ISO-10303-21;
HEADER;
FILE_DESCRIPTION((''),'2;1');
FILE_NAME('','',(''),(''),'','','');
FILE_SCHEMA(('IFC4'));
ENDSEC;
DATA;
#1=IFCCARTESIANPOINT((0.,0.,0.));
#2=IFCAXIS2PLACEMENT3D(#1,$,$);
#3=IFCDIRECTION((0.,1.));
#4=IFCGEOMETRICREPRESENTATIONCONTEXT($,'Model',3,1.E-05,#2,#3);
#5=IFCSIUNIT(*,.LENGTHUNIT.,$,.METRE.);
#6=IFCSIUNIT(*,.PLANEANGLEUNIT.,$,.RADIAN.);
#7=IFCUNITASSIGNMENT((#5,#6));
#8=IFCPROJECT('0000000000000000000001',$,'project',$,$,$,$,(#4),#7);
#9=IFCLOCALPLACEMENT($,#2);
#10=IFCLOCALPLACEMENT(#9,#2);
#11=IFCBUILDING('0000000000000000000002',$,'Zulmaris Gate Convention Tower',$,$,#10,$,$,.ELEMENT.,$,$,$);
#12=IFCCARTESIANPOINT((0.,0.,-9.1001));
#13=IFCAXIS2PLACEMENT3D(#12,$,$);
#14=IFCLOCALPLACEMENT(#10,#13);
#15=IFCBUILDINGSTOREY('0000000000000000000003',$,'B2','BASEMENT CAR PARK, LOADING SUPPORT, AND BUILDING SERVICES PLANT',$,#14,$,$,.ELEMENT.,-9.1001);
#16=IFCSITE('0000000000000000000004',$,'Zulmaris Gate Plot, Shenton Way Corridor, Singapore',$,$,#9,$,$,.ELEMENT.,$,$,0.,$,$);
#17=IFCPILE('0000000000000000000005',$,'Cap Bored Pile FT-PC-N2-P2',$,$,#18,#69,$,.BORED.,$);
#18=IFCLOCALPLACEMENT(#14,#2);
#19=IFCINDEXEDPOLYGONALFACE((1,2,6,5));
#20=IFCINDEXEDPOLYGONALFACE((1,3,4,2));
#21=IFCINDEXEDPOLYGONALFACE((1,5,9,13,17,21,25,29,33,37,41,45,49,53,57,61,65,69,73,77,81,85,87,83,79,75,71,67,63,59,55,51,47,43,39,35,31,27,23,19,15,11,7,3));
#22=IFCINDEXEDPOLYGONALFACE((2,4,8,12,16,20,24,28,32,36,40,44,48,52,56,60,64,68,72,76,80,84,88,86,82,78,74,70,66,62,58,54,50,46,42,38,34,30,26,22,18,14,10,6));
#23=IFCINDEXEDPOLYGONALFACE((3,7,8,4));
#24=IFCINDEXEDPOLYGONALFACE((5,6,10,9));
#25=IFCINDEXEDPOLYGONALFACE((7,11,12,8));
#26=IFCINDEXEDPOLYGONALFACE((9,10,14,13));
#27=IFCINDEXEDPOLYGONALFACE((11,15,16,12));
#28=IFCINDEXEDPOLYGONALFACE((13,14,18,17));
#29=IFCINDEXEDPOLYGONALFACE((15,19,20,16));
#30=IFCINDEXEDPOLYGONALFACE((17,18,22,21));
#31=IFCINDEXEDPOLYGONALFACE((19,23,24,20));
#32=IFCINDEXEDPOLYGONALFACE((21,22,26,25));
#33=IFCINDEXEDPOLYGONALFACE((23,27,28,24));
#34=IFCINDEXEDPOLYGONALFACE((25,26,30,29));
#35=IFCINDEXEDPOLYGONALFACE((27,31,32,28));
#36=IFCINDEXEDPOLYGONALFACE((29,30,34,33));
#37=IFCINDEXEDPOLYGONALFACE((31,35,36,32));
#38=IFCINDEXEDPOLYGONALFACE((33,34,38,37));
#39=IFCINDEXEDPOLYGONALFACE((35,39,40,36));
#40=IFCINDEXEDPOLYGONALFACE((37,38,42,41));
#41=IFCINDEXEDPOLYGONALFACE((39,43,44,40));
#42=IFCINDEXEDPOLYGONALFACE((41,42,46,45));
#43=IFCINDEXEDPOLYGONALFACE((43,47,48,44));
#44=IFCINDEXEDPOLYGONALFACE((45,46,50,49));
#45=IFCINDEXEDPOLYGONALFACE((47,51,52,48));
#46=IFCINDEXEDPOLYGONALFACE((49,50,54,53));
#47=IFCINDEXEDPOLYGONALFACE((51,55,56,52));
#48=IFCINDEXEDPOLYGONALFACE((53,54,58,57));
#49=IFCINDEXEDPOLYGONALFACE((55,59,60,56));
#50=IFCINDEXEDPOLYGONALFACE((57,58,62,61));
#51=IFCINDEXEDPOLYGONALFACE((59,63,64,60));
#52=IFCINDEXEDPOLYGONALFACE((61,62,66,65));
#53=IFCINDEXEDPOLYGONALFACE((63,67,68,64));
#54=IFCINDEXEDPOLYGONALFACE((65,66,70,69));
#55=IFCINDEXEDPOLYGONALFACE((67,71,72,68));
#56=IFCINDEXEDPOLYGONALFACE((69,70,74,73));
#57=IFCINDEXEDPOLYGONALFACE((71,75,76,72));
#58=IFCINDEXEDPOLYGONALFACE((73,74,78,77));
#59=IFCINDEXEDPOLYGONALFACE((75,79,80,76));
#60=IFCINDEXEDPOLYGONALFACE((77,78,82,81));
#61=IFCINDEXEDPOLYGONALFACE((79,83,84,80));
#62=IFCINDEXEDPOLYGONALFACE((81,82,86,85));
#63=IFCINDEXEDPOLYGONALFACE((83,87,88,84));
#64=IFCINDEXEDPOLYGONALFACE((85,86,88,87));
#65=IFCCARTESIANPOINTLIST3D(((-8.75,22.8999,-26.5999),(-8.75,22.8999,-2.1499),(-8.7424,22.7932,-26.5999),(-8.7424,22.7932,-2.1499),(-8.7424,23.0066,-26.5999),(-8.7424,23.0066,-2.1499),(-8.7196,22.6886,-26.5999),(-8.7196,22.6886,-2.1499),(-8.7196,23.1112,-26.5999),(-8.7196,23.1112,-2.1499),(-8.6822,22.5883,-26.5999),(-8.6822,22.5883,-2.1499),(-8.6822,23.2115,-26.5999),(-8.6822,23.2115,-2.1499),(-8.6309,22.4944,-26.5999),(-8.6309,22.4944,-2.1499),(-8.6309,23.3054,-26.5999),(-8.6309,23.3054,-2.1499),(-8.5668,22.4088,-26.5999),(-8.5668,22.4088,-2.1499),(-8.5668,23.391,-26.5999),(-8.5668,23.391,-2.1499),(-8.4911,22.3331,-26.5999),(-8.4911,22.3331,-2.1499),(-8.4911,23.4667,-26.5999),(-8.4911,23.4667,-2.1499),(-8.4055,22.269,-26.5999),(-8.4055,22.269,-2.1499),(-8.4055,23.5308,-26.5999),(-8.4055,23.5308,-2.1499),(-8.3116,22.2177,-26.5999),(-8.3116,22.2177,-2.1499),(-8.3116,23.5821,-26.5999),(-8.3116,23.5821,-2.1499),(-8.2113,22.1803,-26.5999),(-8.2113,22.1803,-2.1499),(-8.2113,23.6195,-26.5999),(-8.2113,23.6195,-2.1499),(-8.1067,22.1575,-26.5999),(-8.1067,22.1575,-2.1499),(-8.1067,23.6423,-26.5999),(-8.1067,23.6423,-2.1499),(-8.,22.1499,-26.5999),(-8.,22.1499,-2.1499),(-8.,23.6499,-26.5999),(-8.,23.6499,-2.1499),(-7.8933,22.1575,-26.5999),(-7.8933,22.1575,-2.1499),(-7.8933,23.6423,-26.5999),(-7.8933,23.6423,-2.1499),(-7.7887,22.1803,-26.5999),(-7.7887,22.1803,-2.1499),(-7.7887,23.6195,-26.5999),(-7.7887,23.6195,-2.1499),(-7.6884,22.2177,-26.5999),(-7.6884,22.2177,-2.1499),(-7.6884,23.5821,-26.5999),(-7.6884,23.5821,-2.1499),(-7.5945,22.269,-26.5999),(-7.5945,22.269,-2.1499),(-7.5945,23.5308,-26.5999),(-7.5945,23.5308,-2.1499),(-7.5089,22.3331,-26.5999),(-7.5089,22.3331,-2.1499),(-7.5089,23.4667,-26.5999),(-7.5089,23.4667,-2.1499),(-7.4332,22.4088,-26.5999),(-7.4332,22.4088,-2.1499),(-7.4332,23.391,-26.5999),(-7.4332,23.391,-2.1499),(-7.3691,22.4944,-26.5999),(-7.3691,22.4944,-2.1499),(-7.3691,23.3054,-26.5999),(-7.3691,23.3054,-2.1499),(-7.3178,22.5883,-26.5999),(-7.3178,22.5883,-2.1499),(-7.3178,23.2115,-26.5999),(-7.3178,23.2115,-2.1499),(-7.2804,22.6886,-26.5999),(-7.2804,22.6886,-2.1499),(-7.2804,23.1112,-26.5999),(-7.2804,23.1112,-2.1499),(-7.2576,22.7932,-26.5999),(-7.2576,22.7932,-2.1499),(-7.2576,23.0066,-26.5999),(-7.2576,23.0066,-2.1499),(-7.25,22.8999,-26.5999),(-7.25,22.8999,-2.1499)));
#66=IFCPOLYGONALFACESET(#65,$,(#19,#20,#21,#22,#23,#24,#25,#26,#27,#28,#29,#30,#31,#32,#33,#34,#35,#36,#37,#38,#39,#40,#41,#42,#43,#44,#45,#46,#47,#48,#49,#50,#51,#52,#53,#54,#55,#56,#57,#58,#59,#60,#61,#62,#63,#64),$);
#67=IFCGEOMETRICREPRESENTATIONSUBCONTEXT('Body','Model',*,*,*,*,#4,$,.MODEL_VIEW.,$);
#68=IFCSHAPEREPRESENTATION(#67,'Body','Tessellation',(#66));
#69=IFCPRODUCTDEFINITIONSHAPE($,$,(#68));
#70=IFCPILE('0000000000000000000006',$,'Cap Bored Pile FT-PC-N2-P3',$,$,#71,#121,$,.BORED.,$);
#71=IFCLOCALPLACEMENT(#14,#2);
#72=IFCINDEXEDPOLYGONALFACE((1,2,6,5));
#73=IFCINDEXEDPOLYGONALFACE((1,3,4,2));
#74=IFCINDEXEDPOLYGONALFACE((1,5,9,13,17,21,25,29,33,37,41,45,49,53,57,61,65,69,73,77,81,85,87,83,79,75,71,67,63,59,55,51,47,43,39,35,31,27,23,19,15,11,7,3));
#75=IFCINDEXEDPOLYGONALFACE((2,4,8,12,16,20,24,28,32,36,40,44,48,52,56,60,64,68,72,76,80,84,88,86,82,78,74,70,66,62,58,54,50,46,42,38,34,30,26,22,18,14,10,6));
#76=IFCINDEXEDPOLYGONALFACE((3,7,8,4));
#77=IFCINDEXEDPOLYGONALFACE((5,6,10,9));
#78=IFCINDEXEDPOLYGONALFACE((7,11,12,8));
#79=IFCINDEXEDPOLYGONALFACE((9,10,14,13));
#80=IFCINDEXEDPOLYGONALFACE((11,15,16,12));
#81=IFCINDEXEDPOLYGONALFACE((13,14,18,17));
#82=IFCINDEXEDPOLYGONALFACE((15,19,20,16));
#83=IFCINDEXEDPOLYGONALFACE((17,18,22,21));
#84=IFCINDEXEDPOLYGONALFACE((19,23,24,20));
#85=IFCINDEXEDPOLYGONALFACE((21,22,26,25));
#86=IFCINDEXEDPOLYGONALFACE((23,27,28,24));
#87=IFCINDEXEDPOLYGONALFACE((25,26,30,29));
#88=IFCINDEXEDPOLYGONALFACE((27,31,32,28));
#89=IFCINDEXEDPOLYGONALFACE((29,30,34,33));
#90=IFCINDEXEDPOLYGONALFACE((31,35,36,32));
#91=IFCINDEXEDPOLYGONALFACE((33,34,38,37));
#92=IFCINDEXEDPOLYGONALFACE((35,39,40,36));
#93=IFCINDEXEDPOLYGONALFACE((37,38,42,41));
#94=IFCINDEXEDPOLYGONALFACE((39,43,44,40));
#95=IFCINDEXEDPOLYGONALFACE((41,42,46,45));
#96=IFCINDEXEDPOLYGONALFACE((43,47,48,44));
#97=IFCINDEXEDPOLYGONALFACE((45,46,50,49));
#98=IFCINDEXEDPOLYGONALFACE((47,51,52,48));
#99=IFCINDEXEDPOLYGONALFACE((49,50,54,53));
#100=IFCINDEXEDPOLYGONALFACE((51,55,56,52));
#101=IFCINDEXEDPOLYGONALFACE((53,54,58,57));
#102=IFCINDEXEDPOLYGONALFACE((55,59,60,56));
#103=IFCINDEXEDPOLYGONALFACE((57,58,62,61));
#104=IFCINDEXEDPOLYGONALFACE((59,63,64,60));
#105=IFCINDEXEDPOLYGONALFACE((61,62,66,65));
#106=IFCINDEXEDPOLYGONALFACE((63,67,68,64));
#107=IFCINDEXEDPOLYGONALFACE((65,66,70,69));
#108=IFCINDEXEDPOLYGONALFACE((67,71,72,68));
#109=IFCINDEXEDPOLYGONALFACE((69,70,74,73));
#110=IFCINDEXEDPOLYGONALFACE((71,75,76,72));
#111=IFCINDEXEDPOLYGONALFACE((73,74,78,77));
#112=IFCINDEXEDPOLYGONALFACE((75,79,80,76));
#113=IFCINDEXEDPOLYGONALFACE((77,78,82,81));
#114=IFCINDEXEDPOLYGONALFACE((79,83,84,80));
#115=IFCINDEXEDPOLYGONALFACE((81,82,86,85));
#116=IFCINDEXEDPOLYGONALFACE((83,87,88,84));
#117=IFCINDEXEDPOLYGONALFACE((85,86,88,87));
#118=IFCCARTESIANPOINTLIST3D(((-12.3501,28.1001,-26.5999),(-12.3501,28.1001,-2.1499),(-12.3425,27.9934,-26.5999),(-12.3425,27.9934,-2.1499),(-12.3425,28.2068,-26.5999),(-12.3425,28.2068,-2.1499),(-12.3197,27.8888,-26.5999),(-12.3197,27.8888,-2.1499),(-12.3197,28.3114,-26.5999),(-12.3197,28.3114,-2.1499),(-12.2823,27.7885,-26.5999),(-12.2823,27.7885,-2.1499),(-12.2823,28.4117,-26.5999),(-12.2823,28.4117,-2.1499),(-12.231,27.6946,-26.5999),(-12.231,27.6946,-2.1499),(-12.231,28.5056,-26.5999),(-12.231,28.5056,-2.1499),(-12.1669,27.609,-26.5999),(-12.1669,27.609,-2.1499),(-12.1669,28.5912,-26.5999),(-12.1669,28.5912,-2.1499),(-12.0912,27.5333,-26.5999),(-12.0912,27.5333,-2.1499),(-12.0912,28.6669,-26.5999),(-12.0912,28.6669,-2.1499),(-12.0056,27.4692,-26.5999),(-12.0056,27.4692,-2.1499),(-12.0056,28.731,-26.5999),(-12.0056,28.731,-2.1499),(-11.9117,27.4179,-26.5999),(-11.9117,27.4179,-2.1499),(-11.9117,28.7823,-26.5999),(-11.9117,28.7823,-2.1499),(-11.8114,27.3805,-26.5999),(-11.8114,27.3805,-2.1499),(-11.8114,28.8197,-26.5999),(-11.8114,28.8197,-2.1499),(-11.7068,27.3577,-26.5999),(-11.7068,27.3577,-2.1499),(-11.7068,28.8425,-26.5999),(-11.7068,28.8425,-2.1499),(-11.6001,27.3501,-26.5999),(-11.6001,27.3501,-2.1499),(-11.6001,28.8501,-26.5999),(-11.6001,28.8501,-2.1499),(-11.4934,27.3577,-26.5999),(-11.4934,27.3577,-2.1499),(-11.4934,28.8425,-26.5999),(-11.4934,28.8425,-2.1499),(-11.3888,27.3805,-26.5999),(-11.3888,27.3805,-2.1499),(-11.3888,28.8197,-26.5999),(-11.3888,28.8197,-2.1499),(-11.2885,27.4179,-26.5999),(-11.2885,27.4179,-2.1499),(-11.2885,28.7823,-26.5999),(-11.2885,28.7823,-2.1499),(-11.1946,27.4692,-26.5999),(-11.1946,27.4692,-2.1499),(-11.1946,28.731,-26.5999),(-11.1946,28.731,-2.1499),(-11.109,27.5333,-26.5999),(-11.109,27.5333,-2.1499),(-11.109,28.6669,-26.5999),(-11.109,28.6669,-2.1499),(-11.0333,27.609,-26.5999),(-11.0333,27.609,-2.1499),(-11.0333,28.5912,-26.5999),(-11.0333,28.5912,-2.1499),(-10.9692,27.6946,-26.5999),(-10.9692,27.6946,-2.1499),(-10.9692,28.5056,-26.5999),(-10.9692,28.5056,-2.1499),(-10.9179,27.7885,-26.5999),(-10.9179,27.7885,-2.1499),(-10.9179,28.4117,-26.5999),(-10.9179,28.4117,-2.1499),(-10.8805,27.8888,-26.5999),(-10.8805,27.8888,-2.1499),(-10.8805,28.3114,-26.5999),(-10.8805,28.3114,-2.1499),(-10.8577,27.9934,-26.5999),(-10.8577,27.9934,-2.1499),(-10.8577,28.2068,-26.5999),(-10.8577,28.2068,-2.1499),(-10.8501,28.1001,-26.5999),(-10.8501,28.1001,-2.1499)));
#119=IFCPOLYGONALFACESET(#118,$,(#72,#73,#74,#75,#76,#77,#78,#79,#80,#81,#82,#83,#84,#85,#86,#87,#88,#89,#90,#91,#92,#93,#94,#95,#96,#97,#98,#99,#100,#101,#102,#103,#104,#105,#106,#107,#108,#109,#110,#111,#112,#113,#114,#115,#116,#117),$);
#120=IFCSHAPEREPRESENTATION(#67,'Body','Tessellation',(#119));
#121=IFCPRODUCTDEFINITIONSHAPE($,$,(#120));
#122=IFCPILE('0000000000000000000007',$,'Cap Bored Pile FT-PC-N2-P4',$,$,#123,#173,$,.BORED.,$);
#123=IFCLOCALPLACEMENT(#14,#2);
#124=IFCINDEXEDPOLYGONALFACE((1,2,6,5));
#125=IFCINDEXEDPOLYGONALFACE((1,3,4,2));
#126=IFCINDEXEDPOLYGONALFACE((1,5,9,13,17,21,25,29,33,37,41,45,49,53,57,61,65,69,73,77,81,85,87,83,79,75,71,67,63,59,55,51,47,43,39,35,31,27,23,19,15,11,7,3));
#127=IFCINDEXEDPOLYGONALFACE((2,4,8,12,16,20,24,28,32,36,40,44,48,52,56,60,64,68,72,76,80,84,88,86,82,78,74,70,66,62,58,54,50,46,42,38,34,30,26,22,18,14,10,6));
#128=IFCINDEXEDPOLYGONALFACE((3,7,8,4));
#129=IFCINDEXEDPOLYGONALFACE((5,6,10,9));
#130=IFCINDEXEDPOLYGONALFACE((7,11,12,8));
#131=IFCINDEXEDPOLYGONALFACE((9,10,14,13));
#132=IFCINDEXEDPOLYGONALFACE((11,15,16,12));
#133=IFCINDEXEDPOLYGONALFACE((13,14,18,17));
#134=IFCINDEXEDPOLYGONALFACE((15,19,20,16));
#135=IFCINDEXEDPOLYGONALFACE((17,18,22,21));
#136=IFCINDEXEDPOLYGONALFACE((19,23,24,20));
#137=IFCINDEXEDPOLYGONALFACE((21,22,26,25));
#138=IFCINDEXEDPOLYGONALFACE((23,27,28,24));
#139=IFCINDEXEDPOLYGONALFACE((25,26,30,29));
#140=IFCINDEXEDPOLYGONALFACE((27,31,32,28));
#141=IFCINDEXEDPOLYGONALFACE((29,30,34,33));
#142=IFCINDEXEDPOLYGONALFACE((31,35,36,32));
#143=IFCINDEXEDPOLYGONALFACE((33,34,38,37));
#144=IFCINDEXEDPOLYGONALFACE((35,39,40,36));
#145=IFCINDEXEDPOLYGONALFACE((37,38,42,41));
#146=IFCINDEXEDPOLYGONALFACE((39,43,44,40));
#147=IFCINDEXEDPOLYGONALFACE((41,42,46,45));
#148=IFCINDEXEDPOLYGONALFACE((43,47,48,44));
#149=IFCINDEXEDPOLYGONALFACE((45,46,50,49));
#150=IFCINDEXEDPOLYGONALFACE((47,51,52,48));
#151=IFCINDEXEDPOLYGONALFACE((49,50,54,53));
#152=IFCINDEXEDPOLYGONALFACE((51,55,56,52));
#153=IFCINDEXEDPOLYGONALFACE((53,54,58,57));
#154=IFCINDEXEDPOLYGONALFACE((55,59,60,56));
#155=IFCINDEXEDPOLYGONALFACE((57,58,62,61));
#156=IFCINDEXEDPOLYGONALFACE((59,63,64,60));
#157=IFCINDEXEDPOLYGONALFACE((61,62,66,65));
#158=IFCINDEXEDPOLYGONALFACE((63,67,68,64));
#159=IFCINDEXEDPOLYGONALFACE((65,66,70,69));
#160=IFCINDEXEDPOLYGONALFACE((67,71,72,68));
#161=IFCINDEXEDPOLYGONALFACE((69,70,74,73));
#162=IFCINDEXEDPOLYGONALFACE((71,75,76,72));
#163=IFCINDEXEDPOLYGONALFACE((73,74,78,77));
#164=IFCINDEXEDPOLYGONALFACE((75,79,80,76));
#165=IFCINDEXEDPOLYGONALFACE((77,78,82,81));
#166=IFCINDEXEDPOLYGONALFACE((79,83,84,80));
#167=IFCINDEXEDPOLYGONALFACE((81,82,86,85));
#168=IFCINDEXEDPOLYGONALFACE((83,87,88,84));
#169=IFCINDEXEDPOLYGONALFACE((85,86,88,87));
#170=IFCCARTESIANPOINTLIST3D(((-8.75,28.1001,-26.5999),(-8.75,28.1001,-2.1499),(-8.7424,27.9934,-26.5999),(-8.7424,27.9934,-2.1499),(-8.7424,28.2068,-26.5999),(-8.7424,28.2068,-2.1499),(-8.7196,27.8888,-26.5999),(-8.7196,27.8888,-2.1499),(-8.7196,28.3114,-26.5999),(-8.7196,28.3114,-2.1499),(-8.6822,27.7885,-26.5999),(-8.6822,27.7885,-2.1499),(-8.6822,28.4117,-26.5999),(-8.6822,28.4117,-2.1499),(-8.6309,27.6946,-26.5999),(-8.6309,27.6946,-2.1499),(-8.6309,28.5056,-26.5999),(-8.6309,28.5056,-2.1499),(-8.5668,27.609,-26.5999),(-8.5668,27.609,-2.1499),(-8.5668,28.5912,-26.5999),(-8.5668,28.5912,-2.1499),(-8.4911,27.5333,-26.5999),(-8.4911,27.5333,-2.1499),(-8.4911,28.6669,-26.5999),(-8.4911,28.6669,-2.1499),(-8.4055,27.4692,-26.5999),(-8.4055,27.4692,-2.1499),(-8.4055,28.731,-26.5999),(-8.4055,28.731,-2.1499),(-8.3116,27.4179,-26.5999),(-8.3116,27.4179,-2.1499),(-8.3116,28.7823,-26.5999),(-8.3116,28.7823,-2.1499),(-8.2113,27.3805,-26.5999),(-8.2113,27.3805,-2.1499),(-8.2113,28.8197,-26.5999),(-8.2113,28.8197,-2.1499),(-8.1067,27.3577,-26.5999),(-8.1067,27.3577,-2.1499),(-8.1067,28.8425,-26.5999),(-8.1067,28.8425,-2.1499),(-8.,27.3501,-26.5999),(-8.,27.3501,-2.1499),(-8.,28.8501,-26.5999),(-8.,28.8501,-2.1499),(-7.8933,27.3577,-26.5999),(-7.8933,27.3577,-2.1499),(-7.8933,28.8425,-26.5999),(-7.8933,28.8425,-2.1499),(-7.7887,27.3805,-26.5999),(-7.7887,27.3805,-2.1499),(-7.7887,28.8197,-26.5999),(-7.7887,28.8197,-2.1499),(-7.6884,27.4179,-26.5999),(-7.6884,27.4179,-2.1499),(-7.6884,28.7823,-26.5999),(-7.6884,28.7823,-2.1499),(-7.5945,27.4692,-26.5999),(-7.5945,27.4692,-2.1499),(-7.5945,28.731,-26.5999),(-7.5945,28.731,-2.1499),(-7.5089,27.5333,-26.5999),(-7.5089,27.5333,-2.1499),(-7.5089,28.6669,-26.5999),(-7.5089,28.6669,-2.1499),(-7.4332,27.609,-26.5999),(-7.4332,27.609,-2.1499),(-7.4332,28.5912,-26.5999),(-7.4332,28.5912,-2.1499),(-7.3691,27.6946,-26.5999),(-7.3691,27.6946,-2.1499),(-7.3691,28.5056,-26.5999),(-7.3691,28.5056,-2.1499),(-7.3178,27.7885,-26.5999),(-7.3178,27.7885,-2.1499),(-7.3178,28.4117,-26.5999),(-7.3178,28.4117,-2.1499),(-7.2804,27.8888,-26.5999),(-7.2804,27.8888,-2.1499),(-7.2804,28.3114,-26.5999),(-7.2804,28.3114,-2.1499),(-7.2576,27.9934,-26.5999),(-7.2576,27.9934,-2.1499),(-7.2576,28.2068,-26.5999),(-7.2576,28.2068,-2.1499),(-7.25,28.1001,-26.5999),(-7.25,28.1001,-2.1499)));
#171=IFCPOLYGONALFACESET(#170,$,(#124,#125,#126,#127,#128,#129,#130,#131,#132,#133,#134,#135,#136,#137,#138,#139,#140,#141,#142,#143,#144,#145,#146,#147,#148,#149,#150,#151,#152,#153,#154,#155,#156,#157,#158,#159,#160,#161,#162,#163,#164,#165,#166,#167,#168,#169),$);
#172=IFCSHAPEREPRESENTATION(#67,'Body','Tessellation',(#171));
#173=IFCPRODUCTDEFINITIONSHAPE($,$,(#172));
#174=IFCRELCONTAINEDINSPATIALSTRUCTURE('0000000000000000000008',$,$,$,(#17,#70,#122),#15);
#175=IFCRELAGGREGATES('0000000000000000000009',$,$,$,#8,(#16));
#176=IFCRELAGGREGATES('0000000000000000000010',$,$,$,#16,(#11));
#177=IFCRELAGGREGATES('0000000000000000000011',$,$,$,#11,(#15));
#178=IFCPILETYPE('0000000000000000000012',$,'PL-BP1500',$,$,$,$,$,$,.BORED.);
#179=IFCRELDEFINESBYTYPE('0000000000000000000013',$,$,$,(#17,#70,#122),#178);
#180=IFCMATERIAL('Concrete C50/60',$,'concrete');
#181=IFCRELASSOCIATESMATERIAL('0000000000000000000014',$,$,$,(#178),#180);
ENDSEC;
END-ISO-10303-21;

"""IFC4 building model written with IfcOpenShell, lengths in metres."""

from ifc_helpers import new_model, si_unit, direction, frame, origin, origin_2d, place, context, subcontext, project, spatial, circle, extrude, material, material_profile, profile_set, type_object, element, save


model = new_model("IFC4")

# Units and contexts
model_context = context("Model", 3, precision=1e-05, world=origin(), true_north=direction((0.0, 1.0)))
body_context = subcontext(model_context, "Body", "Model", "MODEL_VIEW")
ifc_project = project(units=[si_unit("LENGTHUNIT", "METRE"), si_unit("PLANEANGLEUNIT", "RADIAN")], contexts=[model_context])

# Site, building, storey
site_placement = place(None, origin())
site = spatial("IfcSite", under=ifc_project, at=site_placement, Name="Zulmaris Gate Plot, Shenton Way Corridor, Singapore", CompositionType="ELEMENT", RefElevation=0.0)
building_placement = place(site_placement, origin())
building = spatial("IfcBuilding", under=site, at=building_placement, Name="Zulmaris Gate Convention Tower", CompositionType="ELEMENT")
storey_placement = place(building_placement, frame((0.0, 0.0, -9.1001)))
storey = spatial("IfcBuildingStorey", under=building, at=storey_placement, Name="B2", Description="BASEMENT CAR PARK, LOADING SUPPORT, AND BUILDING SERVICES PLANT", CompositionType="ELEMENT", Elevation=-9.1001)

# Piles
ifc_material_1 = material(Name="Concrete C50/60", Category="concrete")
ifc_material_profile_1 = material_profile(ifc_material_1, circle(Radius=0.75, at=origin_2d()), Name="BORED PILE 1500")
ifc_profile_set_1 = profile_set([ifc_material_profile_1], Name="Concrete C50/60")
pile_type_1 = type_object("IfcPileType", Name="PL-BP1500", PredefinedType="BORED", material=ifc_profile_set_1)
for number, where, z_axis, x_axis, name in (
    (1, (-8.0, 22.8999, -2.1499), (0.0, 0.0, -1.0), (1.0, 0.0, 0.0), "Cap Bored Pile FT-PC-N2-P2"),
    (2, (-11.6001, 28.1001, -2.1499), (0.0, 0.0, -1.0), (1.0, 0.0, 0.0), "Cap Bored Pile FT-PC-N2-P3"),
    (3, (-8.0, 28.1001, -2.1499), (0.0, 0.0, -1.0), (1.0, 0.0, 0.0), "Cap Bored Pile FT-PC-N2-P4"),
):
    element("IfcPile", number, at=place(storey_placement, frame(where, z_axis=z_axis, x_axis=x_axis)), inside=storey, type_object=pile_type_1, Name=name, PredefinedType="BORED", context=body_context, shape_type="SweptSolid", body=[
        extrude(circle(Radius=0.75, at=origin_2d()), origin(), (0.0, 0.0, 1.0), 24.45),
    ])

save(model, "model.ifc")
